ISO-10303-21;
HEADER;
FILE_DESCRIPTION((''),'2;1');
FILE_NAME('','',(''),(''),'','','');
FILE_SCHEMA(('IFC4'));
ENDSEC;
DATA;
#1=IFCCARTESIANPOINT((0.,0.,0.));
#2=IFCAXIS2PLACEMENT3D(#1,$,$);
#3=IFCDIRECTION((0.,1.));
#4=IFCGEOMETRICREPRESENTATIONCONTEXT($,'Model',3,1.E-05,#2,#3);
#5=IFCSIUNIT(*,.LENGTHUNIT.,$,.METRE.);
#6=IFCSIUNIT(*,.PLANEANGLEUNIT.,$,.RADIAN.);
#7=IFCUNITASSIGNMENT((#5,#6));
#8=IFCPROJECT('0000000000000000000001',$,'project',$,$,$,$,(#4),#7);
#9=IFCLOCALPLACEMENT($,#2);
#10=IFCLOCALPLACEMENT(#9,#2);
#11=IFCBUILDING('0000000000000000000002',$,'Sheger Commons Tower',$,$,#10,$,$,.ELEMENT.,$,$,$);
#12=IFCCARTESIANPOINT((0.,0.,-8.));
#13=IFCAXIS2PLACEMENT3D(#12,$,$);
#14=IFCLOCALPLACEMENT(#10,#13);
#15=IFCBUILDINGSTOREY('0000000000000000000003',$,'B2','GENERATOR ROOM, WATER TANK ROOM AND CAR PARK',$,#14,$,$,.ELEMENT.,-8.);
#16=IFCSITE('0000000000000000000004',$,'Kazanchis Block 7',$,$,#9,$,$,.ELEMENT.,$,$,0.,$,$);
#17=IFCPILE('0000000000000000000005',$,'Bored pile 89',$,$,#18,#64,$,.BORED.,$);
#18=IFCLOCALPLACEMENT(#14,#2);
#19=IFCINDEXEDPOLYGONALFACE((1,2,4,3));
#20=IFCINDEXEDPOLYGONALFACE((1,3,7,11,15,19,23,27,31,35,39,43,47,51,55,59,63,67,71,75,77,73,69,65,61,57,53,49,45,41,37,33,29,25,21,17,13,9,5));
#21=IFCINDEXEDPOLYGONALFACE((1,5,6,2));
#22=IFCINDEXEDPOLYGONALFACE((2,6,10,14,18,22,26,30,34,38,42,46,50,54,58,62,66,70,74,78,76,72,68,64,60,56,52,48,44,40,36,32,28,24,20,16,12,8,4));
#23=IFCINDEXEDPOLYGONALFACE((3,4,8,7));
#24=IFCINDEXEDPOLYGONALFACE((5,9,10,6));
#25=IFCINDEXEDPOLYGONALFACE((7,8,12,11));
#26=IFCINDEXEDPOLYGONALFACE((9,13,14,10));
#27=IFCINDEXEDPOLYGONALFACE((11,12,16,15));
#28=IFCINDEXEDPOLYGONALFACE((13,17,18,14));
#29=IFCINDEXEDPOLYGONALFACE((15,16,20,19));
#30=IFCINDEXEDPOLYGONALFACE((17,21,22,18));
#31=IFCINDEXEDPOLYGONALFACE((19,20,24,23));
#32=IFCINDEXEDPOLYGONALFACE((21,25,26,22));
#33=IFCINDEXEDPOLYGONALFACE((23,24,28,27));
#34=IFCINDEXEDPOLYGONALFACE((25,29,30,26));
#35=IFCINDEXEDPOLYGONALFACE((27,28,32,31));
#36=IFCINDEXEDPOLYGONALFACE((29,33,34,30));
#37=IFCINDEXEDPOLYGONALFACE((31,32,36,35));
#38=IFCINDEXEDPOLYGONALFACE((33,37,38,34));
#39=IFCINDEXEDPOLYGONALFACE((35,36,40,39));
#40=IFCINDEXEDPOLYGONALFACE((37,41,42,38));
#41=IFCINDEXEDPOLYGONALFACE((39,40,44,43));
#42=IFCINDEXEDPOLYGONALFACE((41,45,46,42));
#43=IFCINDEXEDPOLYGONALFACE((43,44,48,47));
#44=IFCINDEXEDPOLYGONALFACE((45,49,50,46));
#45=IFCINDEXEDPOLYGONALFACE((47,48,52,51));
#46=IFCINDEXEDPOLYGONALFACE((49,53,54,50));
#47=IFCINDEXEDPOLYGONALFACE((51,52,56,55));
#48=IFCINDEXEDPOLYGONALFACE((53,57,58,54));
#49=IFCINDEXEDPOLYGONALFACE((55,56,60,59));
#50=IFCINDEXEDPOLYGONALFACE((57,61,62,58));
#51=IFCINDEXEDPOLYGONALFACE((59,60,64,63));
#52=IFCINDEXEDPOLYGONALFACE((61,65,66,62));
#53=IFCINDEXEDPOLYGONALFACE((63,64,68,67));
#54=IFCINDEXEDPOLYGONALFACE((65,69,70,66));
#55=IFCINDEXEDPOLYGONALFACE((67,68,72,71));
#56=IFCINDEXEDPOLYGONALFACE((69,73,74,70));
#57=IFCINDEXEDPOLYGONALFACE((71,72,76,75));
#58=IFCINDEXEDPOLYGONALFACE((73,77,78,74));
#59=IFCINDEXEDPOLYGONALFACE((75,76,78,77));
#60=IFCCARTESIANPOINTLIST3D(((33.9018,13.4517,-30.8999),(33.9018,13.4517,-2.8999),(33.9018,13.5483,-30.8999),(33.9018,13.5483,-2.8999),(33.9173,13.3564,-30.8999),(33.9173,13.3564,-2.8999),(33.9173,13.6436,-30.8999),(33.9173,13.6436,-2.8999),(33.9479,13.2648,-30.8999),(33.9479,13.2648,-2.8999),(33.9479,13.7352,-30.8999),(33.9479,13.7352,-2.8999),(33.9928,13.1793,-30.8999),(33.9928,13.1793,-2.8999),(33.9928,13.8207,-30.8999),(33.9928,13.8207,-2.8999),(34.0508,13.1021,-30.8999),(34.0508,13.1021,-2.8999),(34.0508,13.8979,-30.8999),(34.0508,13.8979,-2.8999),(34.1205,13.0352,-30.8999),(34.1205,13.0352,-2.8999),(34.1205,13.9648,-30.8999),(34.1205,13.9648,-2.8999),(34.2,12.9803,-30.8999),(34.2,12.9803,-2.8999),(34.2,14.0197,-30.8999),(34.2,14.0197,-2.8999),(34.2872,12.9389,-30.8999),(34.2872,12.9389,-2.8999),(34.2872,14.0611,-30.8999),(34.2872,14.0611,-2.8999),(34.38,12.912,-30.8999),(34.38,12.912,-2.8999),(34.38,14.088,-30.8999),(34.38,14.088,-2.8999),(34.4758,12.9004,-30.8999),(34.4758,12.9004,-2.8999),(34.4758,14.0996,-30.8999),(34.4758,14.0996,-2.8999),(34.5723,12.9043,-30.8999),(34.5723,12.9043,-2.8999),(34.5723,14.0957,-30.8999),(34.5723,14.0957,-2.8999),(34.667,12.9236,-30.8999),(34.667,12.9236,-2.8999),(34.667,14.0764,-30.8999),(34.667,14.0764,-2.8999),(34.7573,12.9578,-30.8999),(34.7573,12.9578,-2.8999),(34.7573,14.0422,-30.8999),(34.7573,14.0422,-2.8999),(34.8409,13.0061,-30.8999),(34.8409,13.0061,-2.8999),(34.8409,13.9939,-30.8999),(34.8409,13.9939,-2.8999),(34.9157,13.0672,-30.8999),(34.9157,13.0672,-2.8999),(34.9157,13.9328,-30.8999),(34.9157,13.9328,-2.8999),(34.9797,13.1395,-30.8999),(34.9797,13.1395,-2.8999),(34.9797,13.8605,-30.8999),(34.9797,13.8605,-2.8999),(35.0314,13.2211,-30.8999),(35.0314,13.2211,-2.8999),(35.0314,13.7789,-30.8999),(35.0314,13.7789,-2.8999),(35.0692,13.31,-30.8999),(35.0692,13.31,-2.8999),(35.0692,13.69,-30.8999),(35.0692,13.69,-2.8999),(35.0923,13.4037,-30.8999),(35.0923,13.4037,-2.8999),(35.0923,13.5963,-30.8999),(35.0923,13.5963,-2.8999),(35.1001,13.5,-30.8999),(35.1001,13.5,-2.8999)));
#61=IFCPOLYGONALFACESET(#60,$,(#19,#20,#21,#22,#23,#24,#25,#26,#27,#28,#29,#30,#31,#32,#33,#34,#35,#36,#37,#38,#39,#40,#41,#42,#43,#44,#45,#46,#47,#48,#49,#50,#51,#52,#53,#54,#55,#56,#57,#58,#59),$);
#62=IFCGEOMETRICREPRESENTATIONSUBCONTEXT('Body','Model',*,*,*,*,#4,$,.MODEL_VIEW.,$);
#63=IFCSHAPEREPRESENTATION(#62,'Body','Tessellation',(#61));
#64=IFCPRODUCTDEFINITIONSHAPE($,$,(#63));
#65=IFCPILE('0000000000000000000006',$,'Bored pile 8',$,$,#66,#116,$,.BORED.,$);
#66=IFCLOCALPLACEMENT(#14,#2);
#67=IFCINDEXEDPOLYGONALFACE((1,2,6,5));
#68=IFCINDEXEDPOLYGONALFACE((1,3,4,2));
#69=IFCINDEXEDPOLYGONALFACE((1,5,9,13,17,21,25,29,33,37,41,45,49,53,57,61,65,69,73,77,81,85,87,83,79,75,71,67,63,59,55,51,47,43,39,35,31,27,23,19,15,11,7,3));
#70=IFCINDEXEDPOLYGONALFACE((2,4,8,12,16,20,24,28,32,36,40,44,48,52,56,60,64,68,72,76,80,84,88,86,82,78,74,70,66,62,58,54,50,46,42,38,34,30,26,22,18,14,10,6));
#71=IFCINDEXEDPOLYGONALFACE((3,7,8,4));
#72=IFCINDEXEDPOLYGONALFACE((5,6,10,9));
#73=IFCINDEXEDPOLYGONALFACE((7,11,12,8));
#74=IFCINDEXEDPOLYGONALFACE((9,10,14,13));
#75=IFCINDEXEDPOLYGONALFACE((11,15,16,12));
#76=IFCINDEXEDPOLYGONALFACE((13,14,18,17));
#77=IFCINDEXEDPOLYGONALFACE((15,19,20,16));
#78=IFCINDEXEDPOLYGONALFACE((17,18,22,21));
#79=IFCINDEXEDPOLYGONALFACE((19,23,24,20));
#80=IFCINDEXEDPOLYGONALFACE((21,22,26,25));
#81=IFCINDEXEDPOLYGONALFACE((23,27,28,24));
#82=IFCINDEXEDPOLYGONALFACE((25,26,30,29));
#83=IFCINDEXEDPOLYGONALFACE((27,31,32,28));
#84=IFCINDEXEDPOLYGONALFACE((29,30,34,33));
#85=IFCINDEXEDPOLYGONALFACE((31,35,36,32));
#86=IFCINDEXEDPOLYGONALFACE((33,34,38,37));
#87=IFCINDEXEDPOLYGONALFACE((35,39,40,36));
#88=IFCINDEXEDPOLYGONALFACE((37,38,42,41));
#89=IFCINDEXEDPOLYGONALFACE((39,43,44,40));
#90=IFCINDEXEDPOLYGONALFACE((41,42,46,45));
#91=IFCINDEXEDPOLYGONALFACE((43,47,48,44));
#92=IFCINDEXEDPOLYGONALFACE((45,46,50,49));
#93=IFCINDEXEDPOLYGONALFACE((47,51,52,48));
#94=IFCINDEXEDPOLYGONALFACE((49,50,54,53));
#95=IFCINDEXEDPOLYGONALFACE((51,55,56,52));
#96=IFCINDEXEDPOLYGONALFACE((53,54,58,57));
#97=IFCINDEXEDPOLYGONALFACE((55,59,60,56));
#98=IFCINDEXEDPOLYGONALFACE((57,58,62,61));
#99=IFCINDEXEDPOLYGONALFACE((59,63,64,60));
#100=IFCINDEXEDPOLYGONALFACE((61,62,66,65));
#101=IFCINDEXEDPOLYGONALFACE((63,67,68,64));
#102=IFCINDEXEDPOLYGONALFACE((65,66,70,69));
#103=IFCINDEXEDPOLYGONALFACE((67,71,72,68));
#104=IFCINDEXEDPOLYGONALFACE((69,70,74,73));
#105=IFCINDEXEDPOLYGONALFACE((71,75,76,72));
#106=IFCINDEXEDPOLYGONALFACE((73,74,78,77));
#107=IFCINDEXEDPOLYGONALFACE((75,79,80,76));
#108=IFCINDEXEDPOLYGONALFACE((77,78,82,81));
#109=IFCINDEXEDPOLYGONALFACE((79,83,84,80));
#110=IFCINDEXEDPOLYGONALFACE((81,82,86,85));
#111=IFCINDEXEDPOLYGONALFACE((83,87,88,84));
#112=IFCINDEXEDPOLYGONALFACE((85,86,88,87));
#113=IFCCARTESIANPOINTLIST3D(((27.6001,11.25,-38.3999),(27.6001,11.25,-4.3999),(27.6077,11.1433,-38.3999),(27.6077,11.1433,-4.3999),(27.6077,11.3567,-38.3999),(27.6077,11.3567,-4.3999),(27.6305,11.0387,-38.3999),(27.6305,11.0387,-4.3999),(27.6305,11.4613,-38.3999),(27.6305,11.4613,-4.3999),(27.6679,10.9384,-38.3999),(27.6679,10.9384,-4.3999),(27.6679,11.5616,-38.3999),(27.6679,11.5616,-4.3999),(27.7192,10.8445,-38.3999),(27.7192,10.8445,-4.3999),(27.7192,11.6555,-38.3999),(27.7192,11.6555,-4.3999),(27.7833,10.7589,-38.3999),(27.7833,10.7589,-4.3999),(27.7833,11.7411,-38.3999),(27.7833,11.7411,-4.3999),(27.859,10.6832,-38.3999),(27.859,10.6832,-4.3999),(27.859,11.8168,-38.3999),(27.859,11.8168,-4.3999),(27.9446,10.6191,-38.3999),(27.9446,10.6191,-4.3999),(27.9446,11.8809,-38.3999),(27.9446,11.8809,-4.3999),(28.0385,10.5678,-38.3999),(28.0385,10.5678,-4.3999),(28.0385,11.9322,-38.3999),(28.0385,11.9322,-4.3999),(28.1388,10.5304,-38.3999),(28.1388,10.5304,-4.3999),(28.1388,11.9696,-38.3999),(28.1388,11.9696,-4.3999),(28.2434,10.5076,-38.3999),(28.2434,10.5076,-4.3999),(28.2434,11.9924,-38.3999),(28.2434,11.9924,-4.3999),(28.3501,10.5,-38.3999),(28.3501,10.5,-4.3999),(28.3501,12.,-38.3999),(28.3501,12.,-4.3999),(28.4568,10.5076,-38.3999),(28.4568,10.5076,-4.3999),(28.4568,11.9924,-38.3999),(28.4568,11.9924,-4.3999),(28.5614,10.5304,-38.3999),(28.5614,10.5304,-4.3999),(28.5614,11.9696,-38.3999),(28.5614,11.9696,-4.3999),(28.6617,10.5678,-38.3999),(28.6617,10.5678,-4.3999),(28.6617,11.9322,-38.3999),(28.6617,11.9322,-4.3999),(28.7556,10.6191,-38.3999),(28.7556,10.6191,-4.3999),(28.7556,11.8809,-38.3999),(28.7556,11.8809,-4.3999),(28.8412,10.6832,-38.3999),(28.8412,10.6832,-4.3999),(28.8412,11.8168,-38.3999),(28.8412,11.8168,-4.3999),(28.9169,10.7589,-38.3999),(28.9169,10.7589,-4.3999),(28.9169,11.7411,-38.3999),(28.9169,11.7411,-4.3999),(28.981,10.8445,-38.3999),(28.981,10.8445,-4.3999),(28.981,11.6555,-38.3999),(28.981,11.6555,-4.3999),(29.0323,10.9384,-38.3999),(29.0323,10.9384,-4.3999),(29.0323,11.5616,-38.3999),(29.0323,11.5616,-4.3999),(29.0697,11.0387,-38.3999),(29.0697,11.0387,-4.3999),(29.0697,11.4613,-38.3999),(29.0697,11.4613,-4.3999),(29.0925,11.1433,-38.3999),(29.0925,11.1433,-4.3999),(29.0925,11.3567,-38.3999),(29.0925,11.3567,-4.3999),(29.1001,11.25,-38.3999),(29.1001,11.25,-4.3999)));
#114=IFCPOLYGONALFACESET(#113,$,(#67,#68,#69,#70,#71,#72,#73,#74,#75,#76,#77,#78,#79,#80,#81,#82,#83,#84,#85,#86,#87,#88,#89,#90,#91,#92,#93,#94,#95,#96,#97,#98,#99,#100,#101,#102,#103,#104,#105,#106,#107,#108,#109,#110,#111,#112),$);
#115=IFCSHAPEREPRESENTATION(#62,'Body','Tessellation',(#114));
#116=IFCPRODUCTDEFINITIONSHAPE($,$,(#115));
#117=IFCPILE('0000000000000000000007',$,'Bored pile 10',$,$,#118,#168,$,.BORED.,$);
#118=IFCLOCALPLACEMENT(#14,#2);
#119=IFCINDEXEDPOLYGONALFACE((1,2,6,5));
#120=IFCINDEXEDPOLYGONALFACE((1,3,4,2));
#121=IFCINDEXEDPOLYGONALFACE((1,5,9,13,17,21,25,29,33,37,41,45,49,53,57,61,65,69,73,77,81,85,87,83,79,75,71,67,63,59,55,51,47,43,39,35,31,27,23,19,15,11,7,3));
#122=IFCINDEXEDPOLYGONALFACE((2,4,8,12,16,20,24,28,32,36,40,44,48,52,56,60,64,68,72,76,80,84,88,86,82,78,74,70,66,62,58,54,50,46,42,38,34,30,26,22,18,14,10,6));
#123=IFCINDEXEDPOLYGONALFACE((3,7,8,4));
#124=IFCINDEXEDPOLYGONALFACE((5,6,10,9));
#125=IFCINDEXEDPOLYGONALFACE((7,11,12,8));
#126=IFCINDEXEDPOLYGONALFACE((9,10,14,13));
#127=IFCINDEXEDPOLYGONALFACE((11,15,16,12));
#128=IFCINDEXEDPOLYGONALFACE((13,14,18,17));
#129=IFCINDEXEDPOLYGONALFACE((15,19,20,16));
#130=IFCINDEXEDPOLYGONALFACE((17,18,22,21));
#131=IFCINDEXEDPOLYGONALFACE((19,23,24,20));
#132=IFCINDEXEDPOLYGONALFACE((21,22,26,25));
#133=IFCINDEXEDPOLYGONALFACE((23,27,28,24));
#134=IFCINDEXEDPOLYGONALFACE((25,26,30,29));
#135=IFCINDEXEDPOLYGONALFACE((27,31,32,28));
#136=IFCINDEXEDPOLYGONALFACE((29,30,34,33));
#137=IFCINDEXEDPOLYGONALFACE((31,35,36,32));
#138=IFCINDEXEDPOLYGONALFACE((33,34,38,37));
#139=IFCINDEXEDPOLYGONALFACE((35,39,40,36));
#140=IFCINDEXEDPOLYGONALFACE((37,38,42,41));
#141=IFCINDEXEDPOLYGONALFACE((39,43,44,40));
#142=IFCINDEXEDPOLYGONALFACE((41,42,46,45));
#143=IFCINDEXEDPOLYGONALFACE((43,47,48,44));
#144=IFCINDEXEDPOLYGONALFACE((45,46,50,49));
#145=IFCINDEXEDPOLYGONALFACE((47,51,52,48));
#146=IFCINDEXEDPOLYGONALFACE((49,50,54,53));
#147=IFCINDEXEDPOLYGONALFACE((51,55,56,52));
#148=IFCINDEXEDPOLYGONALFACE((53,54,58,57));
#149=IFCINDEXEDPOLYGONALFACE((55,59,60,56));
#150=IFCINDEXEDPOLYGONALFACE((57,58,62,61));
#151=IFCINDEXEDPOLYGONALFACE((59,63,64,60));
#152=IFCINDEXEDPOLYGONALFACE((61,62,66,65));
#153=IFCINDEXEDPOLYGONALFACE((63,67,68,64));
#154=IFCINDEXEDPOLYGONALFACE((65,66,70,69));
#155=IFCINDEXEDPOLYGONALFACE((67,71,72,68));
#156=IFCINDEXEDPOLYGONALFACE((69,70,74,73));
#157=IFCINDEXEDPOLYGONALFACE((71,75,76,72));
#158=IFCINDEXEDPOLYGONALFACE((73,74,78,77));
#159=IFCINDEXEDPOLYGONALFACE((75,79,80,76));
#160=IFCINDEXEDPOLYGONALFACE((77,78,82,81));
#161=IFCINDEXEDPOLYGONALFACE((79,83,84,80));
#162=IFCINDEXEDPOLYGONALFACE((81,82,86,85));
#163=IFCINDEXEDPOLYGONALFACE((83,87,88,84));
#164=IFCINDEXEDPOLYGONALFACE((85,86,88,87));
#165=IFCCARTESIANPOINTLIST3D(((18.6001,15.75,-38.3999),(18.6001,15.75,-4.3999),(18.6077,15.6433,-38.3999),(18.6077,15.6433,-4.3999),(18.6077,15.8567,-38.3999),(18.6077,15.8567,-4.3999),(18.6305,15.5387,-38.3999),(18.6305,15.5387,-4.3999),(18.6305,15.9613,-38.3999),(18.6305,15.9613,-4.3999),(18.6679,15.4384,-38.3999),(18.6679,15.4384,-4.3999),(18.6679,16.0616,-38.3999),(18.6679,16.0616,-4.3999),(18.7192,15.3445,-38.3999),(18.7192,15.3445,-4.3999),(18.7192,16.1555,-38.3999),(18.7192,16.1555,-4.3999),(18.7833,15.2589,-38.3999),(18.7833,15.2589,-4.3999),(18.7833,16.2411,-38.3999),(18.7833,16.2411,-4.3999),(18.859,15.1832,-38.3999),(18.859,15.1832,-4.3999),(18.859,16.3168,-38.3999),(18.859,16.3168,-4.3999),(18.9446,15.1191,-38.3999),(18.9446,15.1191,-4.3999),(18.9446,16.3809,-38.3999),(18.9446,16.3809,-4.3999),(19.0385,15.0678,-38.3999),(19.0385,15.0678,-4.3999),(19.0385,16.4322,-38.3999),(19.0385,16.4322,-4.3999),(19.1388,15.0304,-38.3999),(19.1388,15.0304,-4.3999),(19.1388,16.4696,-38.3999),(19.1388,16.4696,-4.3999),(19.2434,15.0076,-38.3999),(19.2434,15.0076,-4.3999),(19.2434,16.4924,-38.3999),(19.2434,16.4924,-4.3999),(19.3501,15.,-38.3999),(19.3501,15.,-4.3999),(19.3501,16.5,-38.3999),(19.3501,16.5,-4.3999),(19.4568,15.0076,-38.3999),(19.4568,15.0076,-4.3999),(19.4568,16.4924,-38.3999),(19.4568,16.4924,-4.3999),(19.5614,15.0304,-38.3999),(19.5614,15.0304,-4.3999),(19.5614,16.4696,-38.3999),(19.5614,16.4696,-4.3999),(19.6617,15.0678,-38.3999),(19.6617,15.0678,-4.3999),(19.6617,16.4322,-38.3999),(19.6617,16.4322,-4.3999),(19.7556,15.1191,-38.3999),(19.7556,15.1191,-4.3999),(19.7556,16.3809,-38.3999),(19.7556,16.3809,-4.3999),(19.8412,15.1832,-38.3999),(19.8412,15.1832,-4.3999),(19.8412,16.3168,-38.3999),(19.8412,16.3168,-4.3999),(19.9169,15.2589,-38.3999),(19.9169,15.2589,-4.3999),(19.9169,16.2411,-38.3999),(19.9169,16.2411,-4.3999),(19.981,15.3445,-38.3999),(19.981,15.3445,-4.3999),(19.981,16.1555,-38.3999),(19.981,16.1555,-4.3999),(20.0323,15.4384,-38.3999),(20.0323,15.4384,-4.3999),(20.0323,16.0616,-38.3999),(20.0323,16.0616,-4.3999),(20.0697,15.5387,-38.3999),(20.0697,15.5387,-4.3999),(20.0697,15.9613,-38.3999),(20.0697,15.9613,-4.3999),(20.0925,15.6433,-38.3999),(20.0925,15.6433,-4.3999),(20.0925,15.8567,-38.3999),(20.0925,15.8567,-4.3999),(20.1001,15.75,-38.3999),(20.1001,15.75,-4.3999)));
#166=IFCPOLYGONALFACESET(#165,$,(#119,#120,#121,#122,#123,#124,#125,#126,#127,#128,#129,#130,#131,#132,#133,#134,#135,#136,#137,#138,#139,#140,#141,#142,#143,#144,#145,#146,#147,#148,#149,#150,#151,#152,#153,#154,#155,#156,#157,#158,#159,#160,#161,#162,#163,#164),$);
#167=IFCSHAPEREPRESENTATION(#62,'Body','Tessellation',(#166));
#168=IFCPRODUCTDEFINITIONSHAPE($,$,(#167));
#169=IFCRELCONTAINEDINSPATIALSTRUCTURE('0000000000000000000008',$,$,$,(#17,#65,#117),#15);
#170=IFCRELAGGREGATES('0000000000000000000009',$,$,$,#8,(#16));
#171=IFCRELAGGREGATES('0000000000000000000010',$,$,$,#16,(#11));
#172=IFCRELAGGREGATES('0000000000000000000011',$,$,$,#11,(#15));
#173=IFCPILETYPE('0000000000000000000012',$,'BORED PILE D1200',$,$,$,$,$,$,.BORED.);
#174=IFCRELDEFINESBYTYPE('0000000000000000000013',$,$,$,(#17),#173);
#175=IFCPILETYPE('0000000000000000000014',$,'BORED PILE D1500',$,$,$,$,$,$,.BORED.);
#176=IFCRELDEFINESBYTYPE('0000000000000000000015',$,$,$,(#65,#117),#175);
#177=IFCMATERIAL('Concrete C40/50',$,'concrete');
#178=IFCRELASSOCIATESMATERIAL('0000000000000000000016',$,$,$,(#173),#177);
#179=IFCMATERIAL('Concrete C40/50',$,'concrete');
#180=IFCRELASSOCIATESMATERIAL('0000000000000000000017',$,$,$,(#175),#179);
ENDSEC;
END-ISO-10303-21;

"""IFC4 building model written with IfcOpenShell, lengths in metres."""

from ifc_helpers import new_model, si_unit, direction, frame, origin, origin_2d, place, context, subcontext, project, spatial, circle, extrude, material, material_profile, profile_set, type_object, element, save


model = new_model("IFC4")

# Units and contexts
model_context = context("Model", 3, precision=1e-05, world=origin(), true_north=direction((0.0, 1.0)))
body_context = subcontext(model_context, "Body", "Model", "MODEL_VIEW")
ifc_project = project(units=[si_unit("LENGTHUNIT", "METRE"), si_unit("PLANEANGLEUNIT", "RADIAN")], contexts=[model_context])

# Site, building, storey
site_placement = place(None, origin())
site = spatial("IfcSite", under=ifc_project, at=site_placement, Name="Kazanchis Block 7", CompositionType="ELEMENT", RefElevation=0.0)
building_placement = place(site_placement, origin())
building = spatial("IfcBuilding", under=site, at=building_placement, Name="Sheger Commons Tower", CompositionType="ELEMENT")
storey_placement = place(building_placement, frame((0.0, 0.0, -8.0)))
storey = spatial("IfcBuildingStorey", under=building, at=storey_placement, Name="B2", Description="GENERATOR ROOM, WATER TANK ROOM AND CAR PARK", CompositionType="ELEMENT", Elevation=-8.0)

# Piles
ifc_material_1 = material(Name="Concrete C40/50", Category="concrete")
ifc_material_profile_1 = material_profile(ifc_material_1, circle(Radius=0.6001, at=origin_2d()), Name="PILE D1200")
ifc_profile_set_1 = profile_set([ifc_material_profile_1], Name="Concrete C40/50")
pile_type_1 = type_object("IfcPileType", Name="BORED PILE D1200", PredefinedType="BORED", material=ifc_profile_set_1)
pile_placement = place(storey_placement, frame((34.5, 13.5, -2.8999), z_axis=(0.0, 0.0, -1.0), x_axis=(1.0, 0.0, 0.0)))
element("IfcPile", 1, at=pile_placement, inside=storey, type_object=pile_type_1, Name="Bored pile 89", PredefinedType="BORED", context=body_context, shape_type="SweptSolid", body=[
    extrude(circle(Radius=0.6001, at=origin_2d()), origin(), (0.0, 0.0, 1.0), 28.0),
])
ifc_material_2 = material(Name="Concrete C40/50", Category="concrete")
ifc_material_profile_2 = material_profile(ifc_material_2, circle(Radius=0.75, at=origin_2d()), Name="PILE D1500")
ifc_profile_set_2 = profile_set([ifc_material_profile_2], Name="Concrete C40/50")
pile_type_2 = type_object("IfcPileType", Name="BORED PILE D1500", PredefinedType="BORED", material=ifc_profile_set_2)
for number, where, z_axis, x_axis, name in (
    (2, (28.3501, 11.25, -4.3999), (0.0, 0.0, -1.0), (1.0, 0.0, 0.0), "Bored pile 8"),
    (3, (19.3501, 15.75, -4.3999), (0.0, 0.0, -1.0), (1.0, 0.0, 0.0), "Bored pile 10"),
):
    element("IfcPile", number, at=place(storey_placement, frame(where, z_axis=z_axis, x_axis=x_axis)), inside=storey, type_object=pile_type_2, Name=name, PredefinedType="BORED", context=body_context, shape_type="SweptSolid", body=[
        extrude(circle(Radius=0.75, at=origin_2d()), origin(), (0.0, 0.0, 1.0), 34.0),
    ])

save(model, "model.ifc")
